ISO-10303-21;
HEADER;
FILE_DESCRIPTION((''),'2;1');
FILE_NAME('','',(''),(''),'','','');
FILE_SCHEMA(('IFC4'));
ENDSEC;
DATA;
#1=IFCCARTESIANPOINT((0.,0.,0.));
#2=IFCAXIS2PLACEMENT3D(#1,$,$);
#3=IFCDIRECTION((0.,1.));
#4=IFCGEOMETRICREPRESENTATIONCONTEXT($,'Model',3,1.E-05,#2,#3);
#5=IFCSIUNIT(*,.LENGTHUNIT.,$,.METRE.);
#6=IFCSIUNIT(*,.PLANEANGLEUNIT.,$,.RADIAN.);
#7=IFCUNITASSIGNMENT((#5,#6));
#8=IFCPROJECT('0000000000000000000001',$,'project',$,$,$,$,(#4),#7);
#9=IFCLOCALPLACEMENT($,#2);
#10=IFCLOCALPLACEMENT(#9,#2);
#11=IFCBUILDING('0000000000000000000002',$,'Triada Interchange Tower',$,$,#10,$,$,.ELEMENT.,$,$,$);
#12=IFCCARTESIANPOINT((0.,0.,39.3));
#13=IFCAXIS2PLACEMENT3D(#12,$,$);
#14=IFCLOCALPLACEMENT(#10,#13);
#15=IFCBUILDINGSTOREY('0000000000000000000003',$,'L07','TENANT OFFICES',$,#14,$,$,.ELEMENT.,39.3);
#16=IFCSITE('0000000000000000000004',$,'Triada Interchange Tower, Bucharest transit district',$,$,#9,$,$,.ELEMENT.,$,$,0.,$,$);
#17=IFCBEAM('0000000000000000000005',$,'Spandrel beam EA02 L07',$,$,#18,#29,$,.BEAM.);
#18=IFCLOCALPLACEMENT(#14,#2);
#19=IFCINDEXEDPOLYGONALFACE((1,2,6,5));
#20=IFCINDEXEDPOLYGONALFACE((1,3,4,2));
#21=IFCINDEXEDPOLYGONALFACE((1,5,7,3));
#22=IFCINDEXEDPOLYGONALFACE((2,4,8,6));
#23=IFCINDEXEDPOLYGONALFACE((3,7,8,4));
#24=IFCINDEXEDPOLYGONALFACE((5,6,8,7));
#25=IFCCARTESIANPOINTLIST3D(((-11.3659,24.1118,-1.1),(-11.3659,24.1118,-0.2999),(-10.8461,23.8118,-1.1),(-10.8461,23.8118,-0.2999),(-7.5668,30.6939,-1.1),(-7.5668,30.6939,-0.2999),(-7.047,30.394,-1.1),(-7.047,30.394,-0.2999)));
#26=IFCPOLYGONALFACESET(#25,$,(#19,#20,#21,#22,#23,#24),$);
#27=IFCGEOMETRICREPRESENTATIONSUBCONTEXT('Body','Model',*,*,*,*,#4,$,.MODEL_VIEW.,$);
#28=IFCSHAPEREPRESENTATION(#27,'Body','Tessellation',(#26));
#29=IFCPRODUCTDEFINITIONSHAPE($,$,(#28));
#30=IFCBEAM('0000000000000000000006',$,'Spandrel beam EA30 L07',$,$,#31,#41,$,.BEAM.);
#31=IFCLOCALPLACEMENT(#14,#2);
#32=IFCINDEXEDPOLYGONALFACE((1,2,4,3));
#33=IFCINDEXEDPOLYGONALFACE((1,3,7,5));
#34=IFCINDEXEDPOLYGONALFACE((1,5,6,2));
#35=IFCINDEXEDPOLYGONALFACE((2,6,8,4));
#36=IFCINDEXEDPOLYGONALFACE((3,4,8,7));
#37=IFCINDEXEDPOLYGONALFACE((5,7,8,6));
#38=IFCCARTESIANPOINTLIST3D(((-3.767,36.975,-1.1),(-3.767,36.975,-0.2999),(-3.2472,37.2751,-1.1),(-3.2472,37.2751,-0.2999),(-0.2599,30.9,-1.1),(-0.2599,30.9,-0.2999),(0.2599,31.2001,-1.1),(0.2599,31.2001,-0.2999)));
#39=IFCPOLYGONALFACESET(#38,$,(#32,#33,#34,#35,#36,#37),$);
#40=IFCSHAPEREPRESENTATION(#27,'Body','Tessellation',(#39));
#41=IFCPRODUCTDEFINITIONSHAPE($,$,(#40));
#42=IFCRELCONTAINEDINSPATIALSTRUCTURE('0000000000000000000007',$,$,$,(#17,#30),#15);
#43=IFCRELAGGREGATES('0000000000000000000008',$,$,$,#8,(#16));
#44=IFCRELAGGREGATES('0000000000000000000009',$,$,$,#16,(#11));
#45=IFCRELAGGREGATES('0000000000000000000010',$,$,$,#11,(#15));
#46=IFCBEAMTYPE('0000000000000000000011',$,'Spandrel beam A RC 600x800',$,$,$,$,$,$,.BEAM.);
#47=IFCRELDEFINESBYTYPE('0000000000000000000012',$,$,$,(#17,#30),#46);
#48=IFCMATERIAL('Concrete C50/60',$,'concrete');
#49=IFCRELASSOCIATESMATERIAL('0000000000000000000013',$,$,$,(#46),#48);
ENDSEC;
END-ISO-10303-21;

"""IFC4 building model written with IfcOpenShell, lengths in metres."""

from ifc_helpers import new_model, si_unit, direction, frame, origin, origin_2d, place, context, subcontext, project, spatial, rectangle, extrude, material, material_profile, profile_set, type_object, element, save


model = new_model("IFC4")

# Units and contexts
model_context = context("Model", 3, precision=1e-05, world=origin(), true_north=direction((0.0, 1.0)))
body_context = subcontext(model_context, "Body", "Model", "MODEL_VIEW")
ifc_project = project(units=[si_unit("LENGTHUNIT", "METRE"), si_unit("PLANEANGLEUNIT", "RADIAN")], contexts=[model_context])

# Site, building, storey
site_placement = place(None, origin())
site = spatial("IfcSite", under=ifc_project, at=site_placement, Name="Triada Interchange Tower, Bucharest transit district", CompositionType="ELEMENT", RefElevation=0.0)
building_placement = place(site_placement, origin())
building = spatial("IfcBuilding", under=site, at=building_placement, Name="Triada Interchange Tower", CompositionType="ELEMENT")
storey_placement = place(building_placement, frame((0.0, 0.0, 39.3)))
storey = spatial("IfcBuildingStorey", under=building, at=storey_placement, Name="L07", Description="TENANT OFFICES", CompositionType="ELEMENT", Elevation=39.3)

# Beams
ifc_material_1 = material(Name="Concrete C50/60", Category="concrete")
ifc_material_profile_1 = material_profile(ifc_material_1, rectangle(XDim=0.6001, YDim=0.8, at=origin_2d()), Name="RC 600x800")
ifc_profile_set_1 = profile_set([ifc_material_profile_1], Name="Concrete C50/60")
beam_type_1 = type_object("IfcBeamType", Name="Spandrel beam A RC 600x800", PredefinedType="BEAM", material=ifc_profile_set_1)
beam_1_placement = place(storey_placement, frame((-7.3069, 30.5439, -0.7), z_axis=(-0.499895, -0.866086, 0.0), x_axis=(0.866086, -0.499895, 0.0)))
element("IfcBeam", 1, at=beam_1_placement, inside=storey, type_object=beam_type_1, Name="Spandrel beam EA02 L07", PredefinedType="BEAM", context=body_context, shape_type="SweptSolid", body=[
    extrude(rectangle(XDim=0.6001, YDim=0.8, at=origin_2d()), origin(), (0.0, 0.0, 1.0), 7.5999),
])
beam_2_placement = place(storey_placement, frame((0.0, 31.05, -0.7), z_axis=(-0.499968, 0.866044, 0.0), x_axis=(-0.866044, -0.499968, 0.0)))
element("IfcBeam", 2, at=beam_2_placement, inside=storey, type_object=beam_type_1, Name="Spandrel beam EA30 L07", PredefinedType="BEAM", context=body_context, shape_type="SweptSolid", body=[
    extrude(rectangle(XDim=0.6001, YDim=0.8, at=origin_2d()), origin(), (0.0, 0.0, 1.0), 7.0146),
])

save(model, "model.ifc")
